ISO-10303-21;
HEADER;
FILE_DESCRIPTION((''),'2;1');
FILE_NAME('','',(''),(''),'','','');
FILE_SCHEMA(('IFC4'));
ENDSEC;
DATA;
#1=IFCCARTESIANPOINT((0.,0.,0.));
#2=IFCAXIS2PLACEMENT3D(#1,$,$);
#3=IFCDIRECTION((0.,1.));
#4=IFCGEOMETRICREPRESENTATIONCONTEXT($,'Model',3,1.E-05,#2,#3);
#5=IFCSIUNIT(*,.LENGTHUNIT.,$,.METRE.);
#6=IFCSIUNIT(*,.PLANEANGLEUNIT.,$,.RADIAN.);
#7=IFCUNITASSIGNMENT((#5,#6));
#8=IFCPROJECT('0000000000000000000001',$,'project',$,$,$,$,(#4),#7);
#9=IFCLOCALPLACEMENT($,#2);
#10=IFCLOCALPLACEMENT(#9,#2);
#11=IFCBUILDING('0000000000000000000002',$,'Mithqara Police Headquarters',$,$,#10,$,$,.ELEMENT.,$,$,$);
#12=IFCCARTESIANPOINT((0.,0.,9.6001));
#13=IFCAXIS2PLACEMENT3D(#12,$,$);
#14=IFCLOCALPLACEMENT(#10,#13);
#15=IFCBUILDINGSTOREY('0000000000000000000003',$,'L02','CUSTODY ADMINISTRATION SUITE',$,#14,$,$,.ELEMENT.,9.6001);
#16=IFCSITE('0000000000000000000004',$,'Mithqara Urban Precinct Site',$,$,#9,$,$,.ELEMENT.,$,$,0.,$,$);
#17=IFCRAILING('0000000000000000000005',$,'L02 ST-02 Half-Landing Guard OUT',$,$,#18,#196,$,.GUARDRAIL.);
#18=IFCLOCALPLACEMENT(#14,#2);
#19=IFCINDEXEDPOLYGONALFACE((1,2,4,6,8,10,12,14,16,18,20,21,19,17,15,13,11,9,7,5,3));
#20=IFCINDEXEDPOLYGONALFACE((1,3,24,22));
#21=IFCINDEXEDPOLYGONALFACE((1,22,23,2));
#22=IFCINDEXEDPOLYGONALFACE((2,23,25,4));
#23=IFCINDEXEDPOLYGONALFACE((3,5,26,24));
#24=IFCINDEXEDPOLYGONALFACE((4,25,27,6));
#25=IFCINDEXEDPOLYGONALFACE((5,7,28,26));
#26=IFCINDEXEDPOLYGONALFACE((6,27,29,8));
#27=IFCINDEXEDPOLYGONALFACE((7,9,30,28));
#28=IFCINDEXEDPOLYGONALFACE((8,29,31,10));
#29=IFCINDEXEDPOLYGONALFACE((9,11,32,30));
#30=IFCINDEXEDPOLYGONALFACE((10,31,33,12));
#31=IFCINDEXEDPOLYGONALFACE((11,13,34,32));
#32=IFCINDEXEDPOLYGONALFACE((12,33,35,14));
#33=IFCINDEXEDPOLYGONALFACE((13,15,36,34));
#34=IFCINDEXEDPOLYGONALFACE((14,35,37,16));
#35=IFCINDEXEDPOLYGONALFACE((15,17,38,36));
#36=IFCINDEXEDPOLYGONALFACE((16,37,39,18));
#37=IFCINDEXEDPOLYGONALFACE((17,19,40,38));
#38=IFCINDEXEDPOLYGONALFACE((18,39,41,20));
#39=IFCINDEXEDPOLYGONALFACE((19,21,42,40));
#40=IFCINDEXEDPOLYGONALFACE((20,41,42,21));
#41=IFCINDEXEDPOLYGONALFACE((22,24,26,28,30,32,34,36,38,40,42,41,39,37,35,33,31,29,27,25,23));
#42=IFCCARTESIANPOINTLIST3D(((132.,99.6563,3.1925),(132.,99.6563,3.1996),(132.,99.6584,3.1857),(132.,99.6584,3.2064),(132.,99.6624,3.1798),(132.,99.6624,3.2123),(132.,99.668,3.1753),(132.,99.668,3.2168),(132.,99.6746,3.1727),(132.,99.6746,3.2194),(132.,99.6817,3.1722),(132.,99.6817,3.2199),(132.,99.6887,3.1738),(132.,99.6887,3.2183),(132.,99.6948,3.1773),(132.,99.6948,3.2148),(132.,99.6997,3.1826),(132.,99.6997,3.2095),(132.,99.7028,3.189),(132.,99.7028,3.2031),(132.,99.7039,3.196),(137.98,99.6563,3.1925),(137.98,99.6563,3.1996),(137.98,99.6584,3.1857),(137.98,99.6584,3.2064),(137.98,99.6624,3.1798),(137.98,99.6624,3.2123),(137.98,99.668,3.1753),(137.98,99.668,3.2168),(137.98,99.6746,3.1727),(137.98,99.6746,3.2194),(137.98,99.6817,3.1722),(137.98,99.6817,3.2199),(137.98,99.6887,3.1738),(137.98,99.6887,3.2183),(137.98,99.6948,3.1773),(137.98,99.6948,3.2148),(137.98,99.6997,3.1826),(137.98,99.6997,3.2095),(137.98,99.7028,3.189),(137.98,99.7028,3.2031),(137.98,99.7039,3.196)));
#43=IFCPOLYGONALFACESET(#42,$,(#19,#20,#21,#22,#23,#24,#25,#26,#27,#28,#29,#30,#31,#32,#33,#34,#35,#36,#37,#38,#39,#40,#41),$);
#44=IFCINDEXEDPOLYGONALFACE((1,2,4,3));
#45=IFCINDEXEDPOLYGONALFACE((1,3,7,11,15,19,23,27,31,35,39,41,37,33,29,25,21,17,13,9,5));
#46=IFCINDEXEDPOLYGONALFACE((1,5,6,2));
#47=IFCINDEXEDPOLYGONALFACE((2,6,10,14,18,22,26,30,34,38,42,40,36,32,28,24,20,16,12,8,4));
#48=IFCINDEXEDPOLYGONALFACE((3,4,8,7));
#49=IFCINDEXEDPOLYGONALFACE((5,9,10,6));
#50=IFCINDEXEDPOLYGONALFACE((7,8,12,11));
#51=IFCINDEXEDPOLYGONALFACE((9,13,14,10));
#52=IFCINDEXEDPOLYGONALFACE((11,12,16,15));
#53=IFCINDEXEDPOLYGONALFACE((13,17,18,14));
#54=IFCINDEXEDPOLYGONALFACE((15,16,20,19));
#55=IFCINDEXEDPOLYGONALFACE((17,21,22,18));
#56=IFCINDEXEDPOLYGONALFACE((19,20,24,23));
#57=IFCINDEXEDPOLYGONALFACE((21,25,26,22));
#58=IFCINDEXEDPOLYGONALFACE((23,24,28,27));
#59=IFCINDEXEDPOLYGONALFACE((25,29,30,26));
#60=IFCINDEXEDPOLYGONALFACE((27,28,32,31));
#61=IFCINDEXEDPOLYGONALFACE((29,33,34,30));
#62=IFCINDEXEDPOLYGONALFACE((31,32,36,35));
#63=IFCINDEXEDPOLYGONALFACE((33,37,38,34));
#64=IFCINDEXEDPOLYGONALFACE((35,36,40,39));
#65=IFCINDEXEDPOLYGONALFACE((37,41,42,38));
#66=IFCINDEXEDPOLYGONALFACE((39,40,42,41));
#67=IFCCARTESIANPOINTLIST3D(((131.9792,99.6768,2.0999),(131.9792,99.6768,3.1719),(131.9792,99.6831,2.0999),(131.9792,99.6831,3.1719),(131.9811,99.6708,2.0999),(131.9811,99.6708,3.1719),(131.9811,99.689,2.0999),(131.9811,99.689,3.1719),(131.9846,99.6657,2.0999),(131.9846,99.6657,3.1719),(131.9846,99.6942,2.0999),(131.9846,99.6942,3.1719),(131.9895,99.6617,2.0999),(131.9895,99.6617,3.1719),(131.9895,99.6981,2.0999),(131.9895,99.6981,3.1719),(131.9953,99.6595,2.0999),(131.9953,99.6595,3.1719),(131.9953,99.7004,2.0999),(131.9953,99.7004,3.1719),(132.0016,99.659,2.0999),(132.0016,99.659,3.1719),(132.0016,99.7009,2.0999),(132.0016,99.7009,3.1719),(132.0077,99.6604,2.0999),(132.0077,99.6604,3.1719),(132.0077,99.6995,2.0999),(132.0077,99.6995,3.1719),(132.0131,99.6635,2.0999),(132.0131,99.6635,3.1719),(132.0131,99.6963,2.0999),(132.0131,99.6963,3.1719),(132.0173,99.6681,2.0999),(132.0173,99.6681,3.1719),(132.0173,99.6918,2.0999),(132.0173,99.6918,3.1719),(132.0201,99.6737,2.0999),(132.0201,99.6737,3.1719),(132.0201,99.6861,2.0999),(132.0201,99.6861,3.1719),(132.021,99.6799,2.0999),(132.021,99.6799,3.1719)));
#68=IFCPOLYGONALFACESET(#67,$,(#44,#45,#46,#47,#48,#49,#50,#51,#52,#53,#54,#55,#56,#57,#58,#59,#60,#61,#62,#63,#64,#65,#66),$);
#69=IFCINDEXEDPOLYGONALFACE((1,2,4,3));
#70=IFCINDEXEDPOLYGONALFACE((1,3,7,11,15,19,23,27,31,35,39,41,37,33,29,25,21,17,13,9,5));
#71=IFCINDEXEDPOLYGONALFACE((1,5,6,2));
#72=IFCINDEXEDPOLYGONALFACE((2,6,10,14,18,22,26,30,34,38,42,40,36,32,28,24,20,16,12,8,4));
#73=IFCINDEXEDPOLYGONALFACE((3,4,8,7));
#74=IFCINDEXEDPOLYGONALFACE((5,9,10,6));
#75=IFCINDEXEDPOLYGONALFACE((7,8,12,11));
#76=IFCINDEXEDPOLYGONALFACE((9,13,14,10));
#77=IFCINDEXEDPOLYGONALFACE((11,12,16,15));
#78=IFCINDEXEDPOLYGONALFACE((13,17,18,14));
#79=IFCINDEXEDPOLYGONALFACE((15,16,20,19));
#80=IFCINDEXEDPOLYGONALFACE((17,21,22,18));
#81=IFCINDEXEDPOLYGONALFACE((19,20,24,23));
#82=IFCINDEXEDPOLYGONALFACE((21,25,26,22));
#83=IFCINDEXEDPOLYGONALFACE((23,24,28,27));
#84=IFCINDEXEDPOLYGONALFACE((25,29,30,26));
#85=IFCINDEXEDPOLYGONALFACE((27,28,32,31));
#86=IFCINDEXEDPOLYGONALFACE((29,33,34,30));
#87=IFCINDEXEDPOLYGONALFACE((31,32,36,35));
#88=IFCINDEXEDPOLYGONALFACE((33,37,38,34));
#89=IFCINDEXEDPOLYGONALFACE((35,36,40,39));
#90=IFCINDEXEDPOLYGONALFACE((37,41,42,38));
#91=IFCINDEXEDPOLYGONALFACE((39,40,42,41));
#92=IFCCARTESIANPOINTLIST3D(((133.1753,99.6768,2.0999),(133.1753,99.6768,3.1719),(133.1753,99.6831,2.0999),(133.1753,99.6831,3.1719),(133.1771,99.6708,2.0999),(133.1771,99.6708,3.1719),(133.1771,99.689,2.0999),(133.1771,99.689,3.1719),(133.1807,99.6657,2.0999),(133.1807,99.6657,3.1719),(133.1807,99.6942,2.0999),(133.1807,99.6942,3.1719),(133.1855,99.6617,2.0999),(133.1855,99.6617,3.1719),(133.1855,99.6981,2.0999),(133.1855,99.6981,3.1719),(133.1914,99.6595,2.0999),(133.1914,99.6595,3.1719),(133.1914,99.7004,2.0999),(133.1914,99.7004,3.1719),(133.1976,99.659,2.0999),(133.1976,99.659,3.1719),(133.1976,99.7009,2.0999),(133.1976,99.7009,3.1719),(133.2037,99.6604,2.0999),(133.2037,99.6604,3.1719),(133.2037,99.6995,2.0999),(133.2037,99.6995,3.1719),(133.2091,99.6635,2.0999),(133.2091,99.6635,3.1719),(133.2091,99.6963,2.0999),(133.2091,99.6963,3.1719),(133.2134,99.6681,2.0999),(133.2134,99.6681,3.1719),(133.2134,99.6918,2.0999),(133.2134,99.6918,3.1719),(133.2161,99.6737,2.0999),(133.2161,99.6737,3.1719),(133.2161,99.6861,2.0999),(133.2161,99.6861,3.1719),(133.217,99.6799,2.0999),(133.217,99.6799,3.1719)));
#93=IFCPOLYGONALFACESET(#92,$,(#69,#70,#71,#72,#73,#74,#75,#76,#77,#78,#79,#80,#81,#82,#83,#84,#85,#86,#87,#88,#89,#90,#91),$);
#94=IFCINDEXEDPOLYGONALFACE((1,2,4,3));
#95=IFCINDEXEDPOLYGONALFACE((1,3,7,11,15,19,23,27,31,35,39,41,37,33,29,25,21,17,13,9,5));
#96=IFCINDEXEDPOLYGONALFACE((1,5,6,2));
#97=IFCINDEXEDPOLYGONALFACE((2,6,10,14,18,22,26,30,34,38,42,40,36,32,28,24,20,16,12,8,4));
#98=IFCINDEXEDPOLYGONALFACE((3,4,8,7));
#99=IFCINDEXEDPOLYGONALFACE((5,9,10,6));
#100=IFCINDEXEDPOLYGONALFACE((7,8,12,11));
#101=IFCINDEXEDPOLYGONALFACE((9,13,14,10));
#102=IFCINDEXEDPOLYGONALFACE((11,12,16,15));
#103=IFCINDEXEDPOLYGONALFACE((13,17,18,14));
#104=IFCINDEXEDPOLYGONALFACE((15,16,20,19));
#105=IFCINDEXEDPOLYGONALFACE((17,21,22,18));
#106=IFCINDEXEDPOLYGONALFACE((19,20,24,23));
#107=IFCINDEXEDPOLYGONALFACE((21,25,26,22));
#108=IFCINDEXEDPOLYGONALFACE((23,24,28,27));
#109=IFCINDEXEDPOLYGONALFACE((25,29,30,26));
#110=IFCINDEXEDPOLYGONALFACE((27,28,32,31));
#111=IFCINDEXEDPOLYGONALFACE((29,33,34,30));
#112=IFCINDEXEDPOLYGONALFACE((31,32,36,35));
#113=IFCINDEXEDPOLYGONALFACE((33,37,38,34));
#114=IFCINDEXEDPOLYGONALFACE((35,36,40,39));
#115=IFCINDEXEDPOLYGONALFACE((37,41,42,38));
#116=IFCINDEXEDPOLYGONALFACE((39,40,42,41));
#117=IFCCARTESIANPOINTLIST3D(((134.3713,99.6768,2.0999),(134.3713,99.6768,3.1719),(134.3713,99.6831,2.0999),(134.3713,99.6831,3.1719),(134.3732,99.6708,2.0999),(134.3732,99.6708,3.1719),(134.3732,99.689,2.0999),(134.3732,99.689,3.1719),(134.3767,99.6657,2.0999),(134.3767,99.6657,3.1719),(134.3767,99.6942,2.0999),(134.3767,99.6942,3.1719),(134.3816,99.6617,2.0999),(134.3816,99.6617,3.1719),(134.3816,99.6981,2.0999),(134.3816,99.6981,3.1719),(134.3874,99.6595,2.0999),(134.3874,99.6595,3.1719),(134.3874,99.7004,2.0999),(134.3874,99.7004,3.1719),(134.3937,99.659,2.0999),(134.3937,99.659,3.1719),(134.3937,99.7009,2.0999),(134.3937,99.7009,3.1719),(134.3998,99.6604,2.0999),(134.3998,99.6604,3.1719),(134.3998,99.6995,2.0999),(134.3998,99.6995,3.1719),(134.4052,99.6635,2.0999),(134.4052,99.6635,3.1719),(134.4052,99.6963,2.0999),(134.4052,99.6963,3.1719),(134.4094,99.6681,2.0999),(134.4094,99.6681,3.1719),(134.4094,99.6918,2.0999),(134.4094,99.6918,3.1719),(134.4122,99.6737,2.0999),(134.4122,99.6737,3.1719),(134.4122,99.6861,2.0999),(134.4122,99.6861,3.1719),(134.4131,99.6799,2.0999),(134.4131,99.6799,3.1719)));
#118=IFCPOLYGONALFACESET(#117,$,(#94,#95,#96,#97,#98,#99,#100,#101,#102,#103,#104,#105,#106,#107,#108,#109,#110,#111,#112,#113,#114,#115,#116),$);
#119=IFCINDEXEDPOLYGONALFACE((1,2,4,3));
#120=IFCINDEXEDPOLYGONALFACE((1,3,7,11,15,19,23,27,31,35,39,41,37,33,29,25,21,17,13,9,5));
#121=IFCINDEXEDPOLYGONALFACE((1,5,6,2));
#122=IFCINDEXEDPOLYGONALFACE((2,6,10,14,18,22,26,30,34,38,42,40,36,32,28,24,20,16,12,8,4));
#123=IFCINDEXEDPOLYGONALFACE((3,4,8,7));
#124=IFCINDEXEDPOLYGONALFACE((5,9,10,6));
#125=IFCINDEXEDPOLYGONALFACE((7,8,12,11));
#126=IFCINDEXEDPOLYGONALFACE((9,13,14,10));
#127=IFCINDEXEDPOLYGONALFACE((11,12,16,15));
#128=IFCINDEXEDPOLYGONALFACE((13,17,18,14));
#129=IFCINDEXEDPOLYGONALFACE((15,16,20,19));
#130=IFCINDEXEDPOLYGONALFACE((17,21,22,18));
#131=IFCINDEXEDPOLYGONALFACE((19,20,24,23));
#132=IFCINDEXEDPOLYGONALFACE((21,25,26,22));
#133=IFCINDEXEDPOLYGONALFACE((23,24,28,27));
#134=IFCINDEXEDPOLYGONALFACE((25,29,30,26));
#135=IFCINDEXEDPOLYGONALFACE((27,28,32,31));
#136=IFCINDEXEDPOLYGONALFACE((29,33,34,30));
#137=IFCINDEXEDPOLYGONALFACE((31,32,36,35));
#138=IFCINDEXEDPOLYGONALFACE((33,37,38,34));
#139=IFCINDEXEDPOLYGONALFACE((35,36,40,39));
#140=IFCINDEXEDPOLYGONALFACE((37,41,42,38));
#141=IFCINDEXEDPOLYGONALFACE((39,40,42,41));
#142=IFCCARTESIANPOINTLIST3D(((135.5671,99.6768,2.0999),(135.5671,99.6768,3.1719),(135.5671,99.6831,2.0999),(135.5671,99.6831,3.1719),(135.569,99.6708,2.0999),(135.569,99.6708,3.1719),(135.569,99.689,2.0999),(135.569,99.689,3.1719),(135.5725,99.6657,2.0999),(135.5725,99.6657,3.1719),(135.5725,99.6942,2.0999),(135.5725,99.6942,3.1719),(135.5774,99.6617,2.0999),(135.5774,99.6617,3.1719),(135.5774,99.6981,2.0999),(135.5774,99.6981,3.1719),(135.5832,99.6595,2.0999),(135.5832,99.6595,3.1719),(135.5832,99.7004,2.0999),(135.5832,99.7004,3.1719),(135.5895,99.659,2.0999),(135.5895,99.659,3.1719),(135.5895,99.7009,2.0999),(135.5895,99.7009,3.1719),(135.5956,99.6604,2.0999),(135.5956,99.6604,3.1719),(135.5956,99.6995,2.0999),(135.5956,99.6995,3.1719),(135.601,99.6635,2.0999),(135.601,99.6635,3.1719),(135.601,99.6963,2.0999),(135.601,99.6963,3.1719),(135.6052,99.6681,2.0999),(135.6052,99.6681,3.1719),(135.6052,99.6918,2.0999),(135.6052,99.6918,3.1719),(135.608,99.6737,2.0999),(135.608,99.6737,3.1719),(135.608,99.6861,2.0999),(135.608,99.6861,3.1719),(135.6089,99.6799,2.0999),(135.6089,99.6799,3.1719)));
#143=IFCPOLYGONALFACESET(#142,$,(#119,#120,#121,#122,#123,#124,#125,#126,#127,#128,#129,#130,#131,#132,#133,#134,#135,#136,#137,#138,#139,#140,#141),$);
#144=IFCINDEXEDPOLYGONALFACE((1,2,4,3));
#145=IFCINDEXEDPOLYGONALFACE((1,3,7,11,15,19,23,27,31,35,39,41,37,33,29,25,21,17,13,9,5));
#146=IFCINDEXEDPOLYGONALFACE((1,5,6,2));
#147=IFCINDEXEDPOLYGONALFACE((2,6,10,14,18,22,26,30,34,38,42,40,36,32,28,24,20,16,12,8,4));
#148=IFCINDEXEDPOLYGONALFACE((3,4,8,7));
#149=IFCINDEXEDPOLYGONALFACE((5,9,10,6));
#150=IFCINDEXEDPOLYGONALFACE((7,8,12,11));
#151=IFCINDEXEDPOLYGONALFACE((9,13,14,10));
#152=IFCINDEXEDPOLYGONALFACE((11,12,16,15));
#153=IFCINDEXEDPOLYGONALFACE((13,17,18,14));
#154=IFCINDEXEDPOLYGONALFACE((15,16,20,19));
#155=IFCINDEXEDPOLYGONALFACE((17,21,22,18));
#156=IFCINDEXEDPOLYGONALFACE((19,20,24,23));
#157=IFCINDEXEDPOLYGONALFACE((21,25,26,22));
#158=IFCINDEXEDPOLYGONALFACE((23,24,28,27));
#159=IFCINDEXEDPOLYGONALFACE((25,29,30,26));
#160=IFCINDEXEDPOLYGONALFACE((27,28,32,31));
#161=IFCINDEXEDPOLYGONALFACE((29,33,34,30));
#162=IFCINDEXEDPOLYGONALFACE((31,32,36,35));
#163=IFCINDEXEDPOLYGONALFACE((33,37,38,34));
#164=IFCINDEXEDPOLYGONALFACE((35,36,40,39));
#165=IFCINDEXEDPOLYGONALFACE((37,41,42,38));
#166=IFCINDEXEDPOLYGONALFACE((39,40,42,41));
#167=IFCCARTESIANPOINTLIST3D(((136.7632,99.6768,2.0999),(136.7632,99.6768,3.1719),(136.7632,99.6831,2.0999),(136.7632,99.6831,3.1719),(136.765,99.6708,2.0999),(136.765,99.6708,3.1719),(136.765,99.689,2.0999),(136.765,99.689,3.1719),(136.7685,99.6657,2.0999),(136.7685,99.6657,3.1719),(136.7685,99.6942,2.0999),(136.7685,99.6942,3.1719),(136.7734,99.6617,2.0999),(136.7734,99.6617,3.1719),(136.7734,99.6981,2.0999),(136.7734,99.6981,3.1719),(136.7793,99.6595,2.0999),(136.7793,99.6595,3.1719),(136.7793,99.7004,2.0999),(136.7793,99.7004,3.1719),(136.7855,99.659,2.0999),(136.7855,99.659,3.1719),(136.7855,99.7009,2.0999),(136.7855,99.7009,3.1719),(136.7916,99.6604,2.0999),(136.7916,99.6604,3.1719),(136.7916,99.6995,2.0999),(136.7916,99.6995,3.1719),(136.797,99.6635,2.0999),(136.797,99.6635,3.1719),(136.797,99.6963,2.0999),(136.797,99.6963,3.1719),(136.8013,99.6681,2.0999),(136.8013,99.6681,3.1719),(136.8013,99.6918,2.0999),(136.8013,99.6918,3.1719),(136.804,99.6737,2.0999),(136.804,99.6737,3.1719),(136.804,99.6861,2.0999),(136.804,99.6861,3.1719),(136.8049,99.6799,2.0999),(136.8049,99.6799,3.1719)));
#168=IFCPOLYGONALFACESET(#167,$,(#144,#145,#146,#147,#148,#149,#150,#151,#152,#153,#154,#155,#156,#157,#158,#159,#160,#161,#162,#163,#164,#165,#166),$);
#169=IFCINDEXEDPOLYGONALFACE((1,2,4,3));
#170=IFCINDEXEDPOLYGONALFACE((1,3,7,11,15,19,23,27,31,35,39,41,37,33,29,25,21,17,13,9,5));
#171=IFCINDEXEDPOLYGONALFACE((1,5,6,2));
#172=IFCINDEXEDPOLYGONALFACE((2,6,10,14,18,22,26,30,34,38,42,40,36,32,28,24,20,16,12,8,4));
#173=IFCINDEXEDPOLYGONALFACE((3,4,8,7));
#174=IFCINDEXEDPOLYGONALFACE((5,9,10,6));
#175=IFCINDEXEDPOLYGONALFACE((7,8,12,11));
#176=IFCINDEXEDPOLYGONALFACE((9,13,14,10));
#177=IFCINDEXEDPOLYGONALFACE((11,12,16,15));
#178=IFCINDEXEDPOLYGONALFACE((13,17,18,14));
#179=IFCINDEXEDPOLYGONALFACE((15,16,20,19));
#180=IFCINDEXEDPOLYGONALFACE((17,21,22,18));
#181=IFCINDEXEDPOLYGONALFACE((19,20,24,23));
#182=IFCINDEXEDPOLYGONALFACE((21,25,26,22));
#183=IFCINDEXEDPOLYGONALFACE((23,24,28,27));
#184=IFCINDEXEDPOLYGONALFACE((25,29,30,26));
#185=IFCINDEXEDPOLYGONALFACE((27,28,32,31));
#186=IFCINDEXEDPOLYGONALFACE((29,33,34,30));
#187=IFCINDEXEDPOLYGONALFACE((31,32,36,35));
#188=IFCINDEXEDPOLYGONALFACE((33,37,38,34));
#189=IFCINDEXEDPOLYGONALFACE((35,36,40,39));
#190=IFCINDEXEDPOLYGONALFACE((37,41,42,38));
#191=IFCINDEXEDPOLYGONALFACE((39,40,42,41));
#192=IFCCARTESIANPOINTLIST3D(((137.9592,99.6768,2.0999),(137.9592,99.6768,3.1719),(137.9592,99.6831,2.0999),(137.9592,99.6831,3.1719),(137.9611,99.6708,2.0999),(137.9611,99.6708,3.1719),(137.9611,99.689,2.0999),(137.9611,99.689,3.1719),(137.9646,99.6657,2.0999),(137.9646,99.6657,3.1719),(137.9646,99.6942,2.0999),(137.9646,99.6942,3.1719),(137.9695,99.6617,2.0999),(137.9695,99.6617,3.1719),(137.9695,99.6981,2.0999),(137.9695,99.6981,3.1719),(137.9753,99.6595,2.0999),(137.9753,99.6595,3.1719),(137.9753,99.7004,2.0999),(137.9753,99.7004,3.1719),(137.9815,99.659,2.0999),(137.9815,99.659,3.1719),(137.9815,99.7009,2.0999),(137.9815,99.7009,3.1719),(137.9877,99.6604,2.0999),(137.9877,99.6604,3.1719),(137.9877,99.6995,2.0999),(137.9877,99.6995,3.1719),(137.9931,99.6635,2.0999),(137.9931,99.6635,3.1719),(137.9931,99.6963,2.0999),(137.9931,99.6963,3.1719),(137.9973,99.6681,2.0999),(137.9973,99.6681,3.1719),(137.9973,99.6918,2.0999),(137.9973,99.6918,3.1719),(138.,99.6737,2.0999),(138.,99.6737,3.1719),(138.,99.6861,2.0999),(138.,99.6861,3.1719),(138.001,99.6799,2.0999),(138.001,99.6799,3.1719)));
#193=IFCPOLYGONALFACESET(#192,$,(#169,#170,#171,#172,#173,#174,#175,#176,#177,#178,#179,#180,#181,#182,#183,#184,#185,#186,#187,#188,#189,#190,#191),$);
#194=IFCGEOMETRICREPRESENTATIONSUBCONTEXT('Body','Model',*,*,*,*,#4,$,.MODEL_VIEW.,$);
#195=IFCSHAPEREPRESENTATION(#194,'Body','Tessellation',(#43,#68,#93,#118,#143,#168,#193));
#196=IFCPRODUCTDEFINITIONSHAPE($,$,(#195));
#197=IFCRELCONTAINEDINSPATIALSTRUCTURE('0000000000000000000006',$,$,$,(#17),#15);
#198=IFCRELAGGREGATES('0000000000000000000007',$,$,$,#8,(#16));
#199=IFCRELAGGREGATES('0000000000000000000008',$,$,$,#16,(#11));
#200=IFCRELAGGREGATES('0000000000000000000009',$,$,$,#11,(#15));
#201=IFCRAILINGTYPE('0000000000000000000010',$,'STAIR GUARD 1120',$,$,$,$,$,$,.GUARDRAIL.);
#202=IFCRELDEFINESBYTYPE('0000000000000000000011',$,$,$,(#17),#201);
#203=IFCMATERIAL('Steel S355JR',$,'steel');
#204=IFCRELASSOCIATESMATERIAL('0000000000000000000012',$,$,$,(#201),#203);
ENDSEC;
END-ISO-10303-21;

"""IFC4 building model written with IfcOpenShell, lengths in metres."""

from ifc_helpers import new_model, si_unit, direction, frame, origin, origin_2d, place, context, subcontext, project, spatial, circle, extrude, material, type_object, element, save


model = new_model("IFC4")

# Units and contexts
model_context = context("Model", 3, precision=1e-05, world=origin(), true_north=direction((0.0, 1.0)))
body_context = subcontext(model_context, "Body", "Model", "MODEL_VIEW")
ifc_project = project(units=[si_unit("LENGTHUNIT", "METRE"), si_unit("PLANEANGLEUNIT", "RADIAN")], contexts=[model_context])

# Site, building, storey
site_placement = place(None, origin())
site = spatial("IfcSite", under=ifc_project, at=site_placement, Name="Mithqara Urban Precinct Site", CompositionType="ELEMENT", RefElevation=0.0)
building_placement = place(site_placement, origin())
building = spatial("IfcBuilding", under=site, at=building_placement, Name="Mithqara Police Headquarters", CompositionType="ELEMENT")
storey_placement = place(building_placement, frame((0.0, 0.0, 9.6001)))
storey = spatial("IfcBuildingStorey", under=building, at=storey_placement, Name="L02", Description="CUSTODY ADMINISTRATION SUITE", CompositionType="ELEMENT", Elevation=9.6001)

# Shared definitions
ifc_material_1 = material(Name="Steel S355JR", Category="steel")

# Railing
railing_type_1 = type_object("IfcRailingType", Name="STAIR GUARD 1120", PredefinedType="GUARDRAIL", material=ifc_material_1)
for number, where, name in (
    (1, (132.0, 99.6799, 2.0999), "L02 ST-02 Half-Landing Guard OUT"),
):
    element("IfcRailing", number, at=place(storey_placement, frame(where)), inside=storey, type_object=railing_type_1, Name=name, PredefinedType="GUARDRAIL", context=body_context, shape_type="SweptSolid", body=[
        extrude(circle(Radius=0.0239, at=origin_2d()), frame((0.0, 0.0, 1.0962), z_axis=(1.0, 0.0, 0.0), x_axis=(0.0, 1.0, 0.0)), (0.0, 0.0, 1.0), 5.98),
        extrude(circle(Radius=0.021, at=origin_2d()), origin(), (0.0, 0.0, 1.0), 1.072),
        extrude(circle(Radius=0.021, at=origin_2d()), frame((1.196, 0.0, 0.0)), (0.0, 0.0, 1.0), 1.072),
        extrude(circle(Radius=0.021, at=origin_2d()), frame((2.3921, 0.0, 0.0)), (0.0, 0.0, 1.0), 1.072),
        extrude(circle(Radius=0.021, at=origin_2d()), frame((3.5879, 0.0, 0.0)), (0.0, 0.0, 1.0), 1.072),
        extrude(circle(Radius=0.021, at=origin_2d()), frame((4.7839, 0.0, 0.0)), (0.0, 0.0, 1.0), 1.072),
        extrude(circle(Radius=0.021, at=origin_2d()), frame((5.98, 0.0, 0.0)), (0.0, 0.0, 1.0), 1.072),
    ])

save(model, "model.ifc")
